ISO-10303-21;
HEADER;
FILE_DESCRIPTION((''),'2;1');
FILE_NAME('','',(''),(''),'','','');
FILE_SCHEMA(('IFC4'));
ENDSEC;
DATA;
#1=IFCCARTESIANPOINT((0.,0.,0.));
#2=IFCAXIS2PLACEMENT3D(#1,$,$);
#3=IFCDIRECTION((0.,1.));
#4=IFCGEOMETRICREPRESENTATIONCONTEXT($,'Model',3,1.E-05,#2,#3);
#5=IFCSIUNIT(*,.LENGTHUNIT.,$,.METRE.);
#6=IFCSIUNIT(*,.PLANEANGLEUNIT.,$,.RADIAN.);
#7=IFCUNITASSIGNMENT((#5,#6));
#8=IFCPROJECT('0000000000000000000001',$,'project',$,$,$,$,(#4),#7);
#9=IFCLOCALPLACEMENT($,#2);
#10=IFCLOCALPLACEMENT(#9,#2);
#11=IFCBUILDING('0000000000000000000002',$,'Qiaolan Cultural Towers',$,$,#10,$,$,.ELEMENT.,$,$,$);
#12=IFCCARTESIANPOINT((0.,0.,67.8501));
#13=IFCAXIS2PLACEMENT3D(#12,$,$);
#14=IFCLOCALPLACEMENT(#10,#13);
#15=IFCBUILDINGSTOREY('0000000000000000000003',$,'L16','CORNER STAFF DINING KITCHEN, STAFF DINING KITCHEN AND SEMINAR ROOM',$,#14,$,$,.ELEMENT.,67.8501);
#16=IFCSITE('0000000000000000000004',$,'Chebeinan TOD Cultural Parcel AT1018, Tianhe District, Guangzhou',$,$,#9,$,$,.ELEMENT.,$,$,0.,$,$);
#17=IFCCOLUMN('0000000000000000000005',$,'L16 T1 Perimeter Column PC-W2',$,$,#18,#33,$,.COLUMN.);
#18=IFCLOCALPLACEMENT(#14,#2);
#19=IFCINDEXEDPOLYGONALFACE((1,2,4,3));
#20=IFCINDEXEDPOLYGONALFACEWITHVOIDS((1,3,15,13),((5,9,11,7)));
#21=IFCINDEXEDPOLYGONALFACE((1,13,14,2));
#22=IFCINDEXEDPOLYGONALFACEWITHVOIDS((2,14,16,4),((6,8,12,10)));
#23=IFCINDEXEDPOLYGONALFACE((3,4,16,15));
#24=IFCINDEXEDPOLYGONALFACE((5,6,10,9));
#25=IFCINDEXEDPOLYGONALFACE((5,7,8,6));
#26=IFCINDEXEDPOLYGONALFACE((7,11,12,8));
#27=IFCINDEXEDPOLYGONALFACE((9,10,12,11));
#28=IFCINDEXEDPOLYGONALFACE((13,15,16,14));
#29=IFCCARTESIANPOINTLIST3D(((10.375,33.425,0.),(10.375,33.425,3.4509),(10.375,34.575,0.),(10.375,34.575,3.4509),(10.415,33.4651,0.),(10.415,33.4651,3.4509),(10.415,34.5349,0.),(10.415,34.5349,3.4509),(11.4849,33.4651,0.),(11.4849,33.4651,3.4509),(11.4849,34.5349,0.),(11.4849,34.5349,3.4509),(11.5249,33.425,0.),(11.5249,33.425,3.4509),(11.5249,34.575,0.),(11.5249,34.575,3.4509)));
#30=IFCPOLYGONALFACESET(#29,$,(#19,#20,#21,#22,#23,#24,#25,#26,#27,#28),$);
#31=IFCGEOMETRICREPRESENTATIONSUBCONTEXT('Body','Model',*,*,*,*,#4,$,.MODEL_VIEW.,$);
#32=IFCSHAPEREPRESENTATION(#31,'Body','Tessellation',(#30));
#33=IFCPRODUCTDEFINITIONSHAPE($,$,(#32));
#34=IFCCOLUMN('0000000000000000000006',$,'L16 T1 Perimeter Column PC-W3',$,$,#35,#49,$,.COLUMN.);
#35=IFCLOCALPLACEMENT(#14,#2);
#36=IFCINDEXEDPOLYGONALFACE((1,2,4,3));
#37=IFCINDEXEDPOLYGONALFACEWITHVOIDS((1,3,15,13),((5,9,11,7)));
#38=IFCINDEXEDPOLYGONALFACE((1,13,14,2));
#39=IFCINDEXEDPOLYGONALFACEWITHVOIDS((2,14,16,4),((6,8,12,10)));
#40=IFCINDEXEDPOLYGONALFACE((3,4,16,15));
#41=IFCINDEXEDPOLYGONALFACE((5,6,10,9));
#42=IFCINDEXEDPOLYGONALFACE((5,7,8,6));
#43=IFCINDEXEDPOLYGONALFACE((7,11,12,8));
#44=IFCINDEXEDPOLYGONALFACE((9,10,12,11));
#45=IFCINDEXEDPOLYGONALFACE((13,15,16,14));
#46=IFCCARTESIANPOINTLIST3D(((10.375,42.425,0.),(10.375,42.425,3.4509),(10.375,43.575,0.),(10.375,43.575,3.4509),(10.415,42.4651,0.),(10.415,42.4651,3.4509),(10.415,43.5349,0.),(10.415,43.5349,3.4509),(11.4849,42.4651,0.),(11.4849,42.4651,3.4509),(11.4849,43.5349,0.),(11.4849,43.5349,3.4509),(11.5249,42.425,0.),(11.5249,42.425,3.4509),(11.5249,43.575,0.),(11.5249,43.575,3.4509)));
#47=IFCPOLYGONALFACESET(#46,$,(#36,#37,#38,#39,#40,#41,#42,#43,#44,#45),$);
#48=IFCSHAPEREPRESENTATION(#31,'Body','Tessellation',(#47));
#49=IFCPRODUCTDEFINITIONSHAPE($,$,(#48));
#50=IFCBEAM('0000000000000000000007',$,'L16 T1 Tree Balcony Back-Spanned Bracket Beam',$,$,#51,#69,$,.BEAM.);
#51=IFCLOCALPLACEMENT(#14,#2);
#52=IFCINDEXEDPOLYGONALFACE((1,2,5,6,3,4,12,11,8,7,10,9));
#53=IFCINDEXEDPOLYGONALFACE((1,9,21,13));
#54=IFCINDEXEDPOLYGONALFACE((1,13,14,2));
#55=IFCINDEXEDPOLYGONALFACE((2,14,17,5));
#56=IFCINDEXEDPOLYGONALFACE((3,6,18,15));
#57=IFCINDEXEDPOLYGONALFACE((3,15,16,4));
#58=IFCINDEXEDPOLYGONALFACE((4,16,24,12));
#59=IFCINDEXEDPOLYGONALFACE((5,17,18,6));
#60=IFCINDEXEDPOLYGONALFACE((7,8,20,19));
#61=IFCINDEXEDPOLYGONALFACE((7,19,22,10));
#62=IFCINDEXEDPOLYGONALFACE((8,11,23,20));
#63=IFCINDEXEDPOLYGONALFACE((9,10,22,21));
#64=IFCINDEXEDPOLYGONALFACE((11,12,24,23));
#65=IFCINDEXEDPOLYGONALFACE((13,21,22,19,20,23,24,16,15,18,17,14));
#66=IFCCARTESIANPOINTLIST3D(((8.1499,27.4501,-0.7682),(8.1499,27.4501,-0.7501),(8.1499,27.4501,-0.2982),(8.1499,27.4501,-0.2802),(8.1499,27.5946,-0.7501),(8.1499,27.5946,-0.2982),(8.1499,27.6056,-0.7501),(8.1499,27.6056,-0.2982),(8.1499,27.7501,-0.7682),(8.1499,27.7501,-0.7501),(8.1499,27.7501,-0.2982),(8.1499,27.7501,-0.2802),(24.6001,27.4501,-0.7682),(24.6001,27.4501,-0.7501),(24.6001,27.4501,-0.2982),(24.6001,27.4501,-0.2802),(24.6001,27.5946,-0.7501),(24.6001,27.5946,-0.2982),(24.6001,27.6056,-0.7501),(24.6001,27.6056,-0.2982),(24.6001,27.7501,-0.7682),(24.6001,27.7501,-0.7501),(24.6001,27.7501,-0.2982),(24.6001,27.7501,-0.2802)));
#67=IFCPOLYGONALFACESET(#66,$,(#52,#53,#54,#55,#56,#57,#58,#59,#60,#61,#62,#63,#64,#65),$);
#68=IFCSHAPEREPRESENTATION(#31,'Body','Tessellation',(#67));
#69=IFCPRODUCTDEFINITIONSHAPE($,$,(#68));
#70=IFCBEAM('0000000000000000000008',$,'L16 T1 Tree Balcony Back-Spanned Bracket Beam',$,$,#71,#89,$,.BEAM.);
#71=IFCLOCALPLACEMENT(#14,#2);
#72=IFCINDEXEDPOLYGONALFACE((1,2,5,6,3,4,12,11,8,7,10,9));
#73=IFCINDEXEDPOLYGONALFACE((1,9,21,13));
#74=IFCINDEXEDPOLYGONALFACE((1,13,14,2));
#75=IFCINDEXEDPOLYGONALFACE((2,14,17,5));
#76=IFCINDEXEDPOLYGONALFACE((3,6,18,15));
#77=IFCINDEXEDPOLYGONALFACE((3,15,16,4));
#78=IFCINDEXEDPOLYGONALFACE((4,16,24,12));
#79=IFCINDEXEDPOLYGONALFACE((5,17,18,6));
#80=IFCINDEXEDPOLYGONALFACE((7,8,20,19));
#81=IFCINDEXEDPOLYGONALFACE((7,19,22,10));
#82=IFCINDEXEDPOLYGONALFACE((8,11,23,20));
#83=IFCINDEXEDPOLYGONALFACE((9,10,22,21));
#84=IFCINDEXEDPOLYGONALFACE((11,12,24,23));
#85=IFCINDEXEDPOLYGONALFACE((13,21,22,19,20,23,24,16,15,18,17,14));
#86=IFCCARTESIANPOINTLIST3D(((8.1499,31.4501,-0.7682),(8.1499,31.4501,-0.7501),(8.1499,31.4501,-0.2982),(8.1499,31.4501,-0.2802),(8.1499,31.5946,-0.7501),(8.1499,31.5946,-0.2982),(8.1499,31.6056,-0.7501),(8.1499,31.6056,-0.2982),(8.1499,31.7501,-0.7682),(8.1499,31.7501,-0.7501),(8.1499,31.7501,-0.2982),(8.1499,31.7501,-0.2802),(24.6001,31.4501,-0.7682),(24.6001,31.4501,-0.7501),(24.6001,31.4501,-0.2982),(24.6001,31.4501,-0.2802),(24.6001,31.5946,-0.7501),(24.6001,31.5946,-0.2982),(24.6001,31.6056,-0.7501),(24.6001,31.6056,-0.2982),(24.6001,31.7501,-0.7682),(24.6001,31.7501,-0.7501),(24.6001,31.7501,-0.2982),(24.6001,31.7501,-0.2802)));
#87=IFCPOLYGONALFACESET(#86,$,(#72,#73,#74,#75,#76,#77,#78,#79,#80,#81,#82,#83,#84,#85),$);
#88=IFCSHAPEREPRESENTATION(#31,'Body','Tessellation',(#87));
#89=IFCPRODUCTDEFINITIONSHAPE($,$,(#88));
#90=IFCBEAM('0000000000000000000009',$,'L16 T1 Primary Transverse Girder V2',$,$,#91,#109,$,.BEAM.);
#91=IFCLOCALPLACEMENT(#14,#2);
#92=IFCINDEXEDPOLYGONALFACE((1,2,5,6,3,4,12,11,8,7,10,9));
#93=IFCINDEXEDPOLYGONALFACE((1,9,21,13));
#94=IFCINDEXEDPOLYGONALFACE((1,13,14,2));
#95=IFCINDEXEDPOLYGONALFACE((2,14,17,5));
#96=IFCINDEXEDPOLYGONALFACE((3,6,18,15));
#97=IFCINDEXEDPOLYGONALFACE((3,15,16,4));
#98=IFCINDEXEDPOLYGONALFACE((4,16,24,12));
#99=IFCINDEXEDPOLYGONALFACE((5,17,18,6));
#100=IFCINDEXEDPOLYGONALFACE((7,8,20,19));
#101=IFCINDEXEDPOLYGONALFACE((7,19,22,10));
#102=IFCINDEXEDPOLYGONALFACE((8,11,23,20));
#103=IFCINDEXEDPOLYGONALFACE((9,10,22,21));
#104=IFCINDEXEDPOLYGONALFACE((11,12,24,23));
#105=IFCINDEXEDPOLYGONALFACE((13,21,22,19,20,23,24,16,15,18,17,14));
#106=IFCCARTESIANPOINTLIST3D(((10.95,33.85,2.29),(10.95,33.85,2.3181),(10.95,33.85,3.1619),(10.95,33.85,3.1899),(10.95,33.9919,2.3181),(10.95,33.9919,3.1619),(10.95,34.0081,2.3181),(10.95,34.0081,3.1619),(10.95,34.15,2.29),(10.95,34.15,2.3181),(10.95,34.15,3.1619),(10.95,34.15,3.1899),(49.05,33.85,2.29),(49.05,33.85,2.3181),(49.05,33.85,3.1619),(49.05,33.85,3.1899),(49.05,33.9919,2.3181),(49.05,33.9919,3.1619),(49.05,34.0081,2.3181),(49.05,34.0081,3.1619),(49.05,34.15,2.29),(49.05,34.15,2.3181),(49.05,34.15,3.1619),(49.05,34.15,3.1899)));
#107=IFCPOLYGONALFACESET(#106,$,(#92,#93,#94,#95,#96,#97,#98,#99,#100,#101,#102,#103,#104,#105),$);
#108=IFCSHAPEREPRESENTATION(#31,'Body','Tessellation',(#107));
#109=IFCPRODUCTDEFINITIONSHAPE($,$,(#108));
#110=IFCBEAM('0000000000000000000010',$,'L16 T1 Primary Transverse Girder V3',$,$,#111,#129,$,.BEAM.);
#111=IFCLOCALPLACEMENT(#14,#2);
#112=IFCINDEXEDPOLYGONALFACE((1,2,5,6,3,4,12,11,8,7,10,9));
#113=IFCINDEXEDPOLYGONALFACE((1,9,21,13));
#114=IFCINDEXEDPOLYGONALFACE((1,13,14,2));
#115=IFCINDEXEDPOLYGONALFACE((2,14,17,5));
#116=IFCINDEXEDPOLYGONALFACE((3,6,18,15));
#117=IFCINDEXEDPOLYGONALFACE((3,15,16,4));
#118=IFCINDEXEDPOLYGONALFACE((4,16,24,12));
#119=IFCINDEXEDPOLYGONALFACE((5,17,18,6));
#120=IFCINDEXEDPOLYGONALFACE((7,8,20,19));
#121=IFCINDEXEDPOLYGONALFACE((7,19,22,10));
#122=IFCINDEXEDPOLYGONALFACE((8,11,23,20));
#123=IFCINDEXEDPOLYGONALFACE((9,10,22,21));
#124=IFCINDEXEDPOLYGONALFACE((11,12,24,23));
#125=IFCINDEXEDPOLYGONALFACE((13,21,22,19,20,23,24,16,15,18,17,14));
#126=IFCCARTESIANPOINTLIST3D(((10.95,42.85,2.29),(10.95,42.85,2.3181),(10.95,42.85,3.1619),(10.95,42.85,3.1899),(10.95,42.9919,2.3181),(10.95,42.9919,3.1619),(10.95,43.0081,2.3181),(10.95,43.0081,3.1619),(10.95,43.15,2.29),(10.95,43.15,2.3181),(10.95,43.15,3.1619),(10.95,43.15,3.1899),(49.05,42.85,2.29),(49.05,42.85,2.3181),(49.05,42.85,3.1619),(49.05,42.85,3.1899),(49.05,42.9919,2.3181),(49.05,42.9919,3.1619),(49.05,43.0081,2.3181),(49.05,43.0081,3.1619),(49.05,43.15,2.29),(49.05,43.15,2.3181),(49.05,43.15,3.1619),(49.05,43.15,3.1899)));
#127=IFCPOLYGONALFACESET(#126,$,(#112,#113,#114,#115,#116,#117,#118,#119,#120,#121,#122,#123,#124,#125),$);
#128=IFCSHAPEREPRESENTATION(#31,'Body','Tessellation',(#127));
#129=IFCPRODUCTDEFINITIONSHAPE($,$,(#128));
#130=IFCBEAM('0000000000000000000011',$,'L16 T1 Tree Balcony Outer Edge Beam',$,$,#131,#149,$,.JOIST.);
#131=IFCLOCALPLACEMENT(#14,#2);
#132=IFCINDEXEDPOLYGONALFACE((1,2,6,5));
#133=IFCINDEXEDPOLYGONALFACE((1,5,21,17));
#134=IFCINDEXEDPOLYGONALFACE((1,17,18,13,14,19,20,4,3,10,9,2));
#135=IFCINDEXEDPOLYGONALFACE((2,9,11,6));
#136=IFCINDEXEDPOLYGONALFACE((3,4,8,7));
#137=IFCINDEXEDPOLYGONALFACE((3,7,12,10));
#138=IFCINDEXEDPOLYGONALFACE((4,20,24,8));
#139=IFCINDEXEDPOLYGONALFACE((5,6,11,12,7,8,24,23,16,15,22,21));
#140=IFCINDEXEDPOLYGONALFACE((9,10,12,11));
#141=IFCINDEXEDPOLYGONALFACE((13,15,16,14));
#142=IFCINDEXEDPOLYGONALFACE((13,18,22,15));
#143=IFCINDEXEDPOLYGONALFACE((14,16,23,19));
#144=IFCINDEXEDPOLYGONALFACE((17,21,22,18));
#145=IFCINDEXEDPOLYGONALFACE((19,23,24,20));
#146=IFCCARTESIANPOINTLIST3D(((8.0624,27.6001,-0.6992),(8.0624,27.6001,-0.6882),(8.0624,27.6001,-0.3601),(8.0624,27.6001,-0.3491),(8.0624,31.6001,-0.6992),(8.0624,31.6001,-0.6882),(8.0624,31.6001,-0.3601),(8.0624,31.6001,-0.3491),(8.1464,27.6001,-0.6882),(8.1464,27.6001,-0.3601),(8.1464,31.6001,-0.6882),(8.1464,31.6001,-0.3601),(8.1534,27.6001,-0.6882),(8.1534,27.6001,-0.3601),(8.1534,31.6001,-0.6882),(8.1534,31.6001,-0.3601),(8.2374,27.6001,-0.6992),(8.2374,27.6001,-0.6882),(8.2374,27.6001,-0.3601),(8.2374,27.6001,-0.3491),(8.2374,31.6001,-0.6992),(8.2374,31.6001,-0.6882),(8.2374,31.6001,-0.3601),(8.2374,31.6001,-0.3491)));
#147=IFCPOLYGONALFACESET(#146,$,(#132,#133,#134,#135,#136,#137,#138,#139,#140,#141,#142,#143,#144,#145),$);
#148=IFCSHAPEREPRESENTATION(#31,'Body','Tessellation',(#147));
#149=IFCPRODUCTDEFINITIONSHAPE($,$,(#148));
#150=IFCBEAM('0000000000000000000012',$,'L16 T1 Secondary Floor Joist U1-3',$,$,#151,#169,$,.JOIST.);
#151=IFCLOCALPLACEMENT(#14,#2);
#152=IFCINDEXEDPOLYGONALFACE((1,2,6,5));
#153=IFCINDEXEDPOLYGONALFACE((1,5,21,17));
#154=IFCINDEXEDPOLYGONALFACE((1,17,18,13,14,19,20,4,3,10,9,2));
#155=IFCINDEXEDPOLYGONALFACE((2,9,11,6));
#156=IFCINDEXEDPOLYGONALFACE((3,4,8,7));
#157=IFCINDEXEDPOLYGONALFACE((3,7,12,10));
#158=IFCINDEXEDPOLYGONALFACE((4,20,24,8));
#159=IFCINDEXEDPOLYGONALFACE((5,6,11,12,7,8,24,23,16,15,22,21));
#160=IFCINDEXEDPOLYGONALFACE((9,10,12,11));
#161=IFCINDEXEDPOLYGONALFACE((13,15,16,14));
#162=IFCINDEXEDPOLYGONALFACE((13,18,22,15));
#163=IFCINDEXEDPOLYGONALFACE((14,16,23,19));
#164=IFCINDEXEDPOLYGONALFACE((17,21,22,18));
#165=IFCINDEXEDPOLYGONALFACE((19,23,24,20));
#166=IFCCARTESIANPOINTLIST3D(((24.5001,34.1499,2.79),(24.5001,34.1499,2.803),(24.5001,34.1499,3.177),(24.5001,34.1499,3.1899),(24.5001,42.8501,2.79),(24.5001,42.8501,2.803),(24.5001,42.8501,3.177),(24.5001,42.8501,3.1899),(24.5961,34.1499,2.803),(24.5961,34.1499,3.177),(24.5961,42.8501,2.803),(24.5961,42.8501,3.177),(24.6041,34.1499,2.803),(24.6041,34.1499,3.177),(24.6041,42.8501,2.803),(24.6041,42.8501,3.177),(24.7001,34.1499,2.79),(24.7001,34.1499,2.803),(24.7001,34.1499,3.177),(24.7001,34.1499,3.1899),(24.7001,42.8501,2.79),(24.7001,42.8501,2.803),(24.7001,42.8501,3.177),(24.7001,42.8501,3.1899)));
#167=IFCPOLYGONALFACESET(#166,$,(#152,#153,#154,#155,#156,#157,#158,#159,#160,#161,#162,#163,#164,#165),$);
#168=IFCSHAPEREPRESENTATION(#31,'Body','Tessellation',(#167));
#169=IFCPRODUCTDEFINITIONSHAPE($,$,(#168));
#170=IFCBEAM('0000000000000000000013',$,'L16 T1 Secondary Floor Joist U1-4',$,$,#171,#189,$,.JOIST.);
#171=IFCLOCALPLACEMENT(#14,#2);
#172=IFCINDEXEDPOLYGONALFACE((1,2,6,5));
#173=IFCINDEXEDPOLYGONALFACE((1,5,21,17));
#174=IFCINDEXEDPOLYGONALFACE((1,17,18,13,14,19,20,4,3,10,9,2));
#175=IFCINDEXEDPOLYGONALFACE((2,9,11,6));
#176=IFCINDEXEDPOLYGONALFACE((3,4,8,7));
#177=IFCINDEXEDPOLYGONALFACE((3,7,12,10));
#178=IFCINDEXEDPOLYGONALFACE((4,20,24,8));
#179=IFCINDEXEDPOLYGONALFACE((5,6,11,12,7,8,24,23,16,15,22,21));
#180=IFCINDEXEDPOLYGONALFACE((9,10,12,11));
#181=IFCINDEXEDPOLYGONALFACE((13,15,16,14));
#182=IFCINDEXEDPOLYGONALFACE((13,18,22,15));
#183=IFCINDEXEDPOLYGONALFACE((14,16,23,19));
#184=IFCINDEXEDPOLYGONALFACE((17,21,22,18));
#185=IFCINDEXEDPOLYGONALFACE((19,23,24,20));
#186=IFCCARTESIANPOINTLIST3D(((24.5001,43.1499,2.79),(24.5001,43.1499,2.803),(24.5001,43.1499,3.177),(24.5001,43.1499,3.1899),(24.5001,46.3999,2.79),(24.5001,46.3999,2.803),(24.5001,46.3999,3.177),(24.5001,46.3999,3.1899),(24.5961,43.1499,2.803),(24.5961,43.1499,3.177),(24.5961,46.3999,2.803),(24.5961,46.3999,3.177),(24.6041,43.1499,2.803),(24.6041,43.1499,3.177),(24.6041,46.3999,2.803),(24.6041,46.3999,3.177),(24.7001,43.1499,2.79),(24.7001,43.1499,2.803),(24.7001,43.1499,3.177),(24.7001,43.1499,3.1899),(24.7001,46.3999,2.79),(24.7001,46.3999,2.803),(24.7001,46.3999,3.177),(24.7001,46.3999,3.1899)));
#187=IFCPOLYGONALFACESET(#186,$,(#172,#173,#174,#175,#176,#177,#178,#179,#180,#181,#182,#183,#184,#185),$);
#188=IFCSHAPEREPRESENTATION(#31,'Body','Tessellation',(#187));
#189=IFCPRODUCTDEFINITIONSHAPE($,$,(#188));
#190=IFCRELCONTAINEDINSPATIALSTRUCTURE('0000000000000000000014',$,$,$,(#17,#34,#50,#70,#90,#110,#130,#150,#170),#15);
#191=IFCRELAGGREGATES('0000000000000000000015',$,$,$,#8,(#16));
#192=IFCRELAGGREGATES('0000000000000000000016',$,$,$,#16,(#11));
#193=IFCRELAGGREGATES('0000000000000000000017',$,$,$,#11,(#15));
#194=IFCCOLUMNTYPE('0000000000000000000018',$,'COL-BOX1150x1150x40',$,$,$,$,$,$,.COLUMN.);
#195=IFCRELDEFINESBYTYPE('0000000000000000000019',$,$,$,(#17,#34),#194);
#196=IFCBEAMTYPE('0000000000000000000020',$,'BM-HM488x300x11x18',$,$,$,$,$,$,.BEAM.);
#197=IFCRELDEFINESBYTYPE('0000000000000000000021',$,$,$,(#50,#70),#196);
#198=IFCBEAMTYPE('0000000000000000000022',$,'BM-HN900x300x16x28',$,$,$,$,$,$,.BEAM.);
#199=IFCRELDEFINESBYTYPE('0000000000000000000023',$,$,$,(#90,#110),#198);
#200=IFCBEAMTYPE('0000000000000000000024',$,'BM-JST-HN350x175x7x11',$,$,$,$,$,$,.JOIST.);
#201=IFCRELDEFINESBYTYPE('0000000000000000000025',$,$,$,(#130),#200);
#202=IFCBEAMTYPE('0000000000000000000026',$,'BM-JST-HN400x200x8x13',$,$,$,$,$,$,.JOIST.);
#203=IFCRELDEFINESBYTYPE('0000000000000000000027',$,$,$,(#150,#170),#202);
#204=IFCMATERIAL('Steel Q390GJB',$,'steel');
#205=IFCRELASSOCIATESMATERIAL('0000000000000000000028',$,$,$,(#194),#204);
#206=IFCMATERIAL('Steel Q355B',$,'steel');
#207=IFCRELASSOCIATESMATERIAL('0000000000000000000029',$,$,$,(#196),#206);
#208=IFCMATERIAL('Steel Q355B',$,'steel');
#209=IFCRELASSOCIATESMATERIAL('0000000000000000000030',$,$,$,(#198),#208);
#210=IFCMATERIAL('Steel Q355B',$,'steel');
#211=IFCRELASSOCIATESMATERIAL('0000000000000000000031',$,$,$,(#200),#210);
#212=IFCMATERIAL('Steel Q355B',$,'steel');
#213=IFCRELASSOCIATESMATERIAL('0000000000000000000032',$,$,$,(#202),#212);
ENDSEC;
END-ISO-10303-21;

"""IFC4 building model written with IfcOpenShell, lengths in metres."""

from ifc_helpers import new_model, si_unit, direction, frame, origin, origin_2d, place, context, subcontext, project, spatial, hollow_rectangle, i_section, extrude, material, material_profile, profile_set, type_object, element, save


model = new_model("IFC4")

# Units and contexts
model_context = context("Model", 3, precision=1e-05, world=origin(), true_north=direction((0.0, 1.0)))
body_context = subcontext(model_context, "Body", "Model", "MODEL_VIEW")
ifc_project = project(units=[si_unit("LENGTHUNIT", "METRE"), si_unit("PLANEANGLEUNIT", "RADIAN")], contexts=[model_context])

# Site, building, storey
site_placement = place(None, origin())
site = spatial("IfcSite", under=ifc_project, at=site_placement, Name="Chebeinan TOD Cultural Parcel AT1018, Tianhe District, Guangzhou", CompositionType="ELEMENT", RefElevation=0.0)
building_placement = place(site_placement, origin())
building = spatial("IfcBuilding", under=site, at=building_placement, Name="Qiaolan Cultural Towers", CompositionType="ELEMENT")
storey_placement = place(building_placement, frame((0.0, 0.0, 67.8501)))
storey = spatial("IfcBuildingStorey", under=building, at=storey_placement, Name="L16", Description="CORNER STAFF DINING KITCHEN, STAFF DINING KITCHEN AND SEMINAR ROOM", CompositionType="ELEMENT", Elevation=67.8501)

# Columns
ifc_material_1 = material(Name="Steel Q390GJB", Category="steel")
ifc_material_profile_1 = material_profile(ifc_material_1, hollow_rectangle(XDim=1.1499, YDim=1.1499, WallThickness=0.04, at=origin_2d()), Name="BOX1150x1150x40")
ifc_profile_set_1 = profile_set([ifc_material_profile_1], Name="Steel Q390GJB")
column_type = type_object("IfcColumnType", Name="COL-BOX1150x1150x40", PredefinedType="COLUMN", material=ifc_profile_set_1)
for number, where, z_axis, x_axis, name in (
    (1, (10.95, 34.0, 0.0), (0.0, 0.0, 1.0), (1.0, 0.0, 0.0), "L16 T1 Perimeter Column PC-W2"),
    (2, (10.95, 43.0, 0.0), (0.0, 0.0, 1.0), (1.0, 0.0, 0.0), "L16 T1 Perimeter Column PC-W3"),
):
    element("IfcColumn", number, at=place(storey_placement, frame(where, z_axis=z_axis, x_axis=x_axis)), inside=storey, type_object=column_type, Name=name, PredefinedType="COLUMN", context=body_context, shape_type="SweptSolid", body=[
        extrude(hollow_rectangle(XDim=1.1499, YDim=1.1499, WallThickness=0.04, at=origin_2d()), origin(), (0.0, 0.0, 1.0), 3.4509),
    ])

# Beams
ifc_material_2 = material(Name="Steel Q355B", Category="steel")
ifc_material_profile_2 = material_profile(ifc_material_2, i_section(OverallWidth=0.3, OverallDepth=0.488, WebThickness=0.011, FlangeThickness=0.0181, at=origin_2d()), Name="HM488x300x11x18")
ifc_profile_set_2 = profile_set([ifc_material_profile_2], Name="Steel Q355B")
beam_type_1 = type_object("IfcBeamType", Name="BM-HM488x300x11x18", PredefinedType="BEAM", material=ifc_profile_set_2)
for number, where, z_axis, x_axis, name in (
    (3, (24.6001, 27.6001, -0.5242), (-1.0, 0.0, 0.0), (0.0, -1.0, 0.0), "L16 T1 Tree Balcony Back-Spanned Bracket Beam"),
    (4, (24.6001, 31.6001, -0.5242), (-1.0, 0.0, 0.0), (0.0, -1.0, 0.0), "L16 T1 Tree Balcony Back-Spanned Bracket Beam"),
):
    element("IfcBeam", number, at=place(storey_placement, frame(where, z_axis=z_axis, x_axis=x_axis)), inside=storey, type_object=beam_type_1, Name=name, PredefinedType="BEAM", context=body_context, shape_type="SweptSolid", body=[
        extrude(i_section(OverallWidth=0.3, OverallDepth=0.488, WebThickness=0.011, FlangeThickness=0.0181, at=origin_2d()), origin(), (0.0, 0.0, 1.0), 16.4502),
    ])
ifc_material_3 = material(Name="Steel Q355B", Category="steel")
ifc_material_profile_3 = material_profile(ifc_material_3, i_section(OverallWidth=0.3, OverallDepth=0.8999, WebThickness=0.0161, FlangeThickness=0.0281, at=origin_2d()), Name="HN900x300x16x28")
ifc_profile_set_3 = profile_set([ifc_material_profile_3], Name="Steel Q355B")
beam_type_2 = type_object("IfcBeamType", Name="BM-HN900x300x16x28", PredefinedType="BEAM", material=ifc_profile_set_3)
for number, where, z_axis, x_axis, name in (
    (5, (10.95, 34.0, 2.74), (1.0, 0.0, 0.0), (0.0, 1.0, 0.0), "L16 T1 Primary Transverse Girder V2"),
    (6, (10.95, 43.0, 2.74), (1.0, 0.0, 0.0), (0.0, 1.0, 0.0), "L16 T1 Primary Transverse Girder V3"),
):
    element("IfcBeam", number, at=place(storey_placement, frame(where, z_axis=z_axis, x_axis=x_axis)), inside=storey, type_object=beam_type_2, Name=name, PredefinedType="BEAM", context=body_context, shape_type="SweptSolid", body=[
        extrude(i_section(OverallWidth=0.3, OverallDepth=0.8999, WebThickness=0.0161, FlangeThickness=0.0281, at=origin_2d()), origin(), (0.0, 0.0, 1.0), 38.1001),
    ])
ifc_material_4 = material(Name="Steel Q355B", Category="steel")
ifc_material_profile_4 = material_profile(ifc_material_4, i_section(OverallWidth=0.175, OverallDepth=0.3501, WebThickness=0.0071, FlangeThickness=0.011, at=origin_2d()), Name="HN350x175x7x11")
ifc_profile_set_4 = profile_set([ifc_material_profile_4], Name="Steel Q355B")
beam_type_3 = type_object("IfcBeamType", Name="BM-JST-HN350x175x7x11", PredefinedType="JOIST", material=ifc_profile_set_4)
beam_1_placement = place(storey_placement, frame((8.1499, 27.6001, -0.5242), z_axis=(0.0, 1.0, 0.0), x_axis=(-1.0, 0.0, 0.0)))
element("IfcBeam", 7, at=beam_1_placement, inside=storey, type_object=beam_type_3, Name="L16 T1 Tree Balcony Outer Edge Beam", PredefinedType="JOIST", context=body_context, shape_type="SweptSolid", body=[
    extrude(i_section(OverallWidth=0.175, OverallDepth=0.3501, WebThickness=0.0071, FlangeThickness=0.011, at=origin_2d()), origin(), (0.0, 0.0, 1.0), 4.0),
])
ifc_material_5 = material(Name="Steel Q355B", Category="steel")
ifc_material_profile_5 = material_profile(ifc_material_5, i_section(OverallWidth=0.2, OverallDepth=0.3999, WebThickness=0.0081, FlangeThickness=0.0129, at=origin_2d()), Name="HN400x200x8x13")
ifc_profile_set_5 = profile_set([ifc_material_profile_5], Name="Steel Q355B")
beam_type_4 = type_object("IfcBeamType", Name="BM-JST-HN400x200x8x13", PredefinedType="JOIST", material=ifc_profile_set_5)
beam_2_placement = place(storey_placement, frame((24.6001, 34.1499, 2.99), z_axis=(0.0, 1.0, 0.0), x_axis=(-1.0, 0.0, 0.0)))
element("IfcBeam", 8, at=beam_2_placement, inside=storey, type_object=beam_type_4, Name="L16 T1 Secondary Floor Joist U1-3", PredefinedType="JOIST", context=body_context, shape_type="SweptSolid", body=[
    extrude(i_section(OverallWidth=0.2, OverallDepth=0.3999, WebThickness=0.0081, FlangeThickness=0.0129, at=origin_2d()), origin(), (0.0, 0.0, 1.0), 8.7002),
])
beam_3_placement = place(storey_placement, frame((24.6001, 43.1499, 2.99), z_axis=(0.0, 1.0, 0.0), x_axis=(-1.0, 0.0, 0.0)))
element("IfcBeam", 9, at=beam_3_placement, inside=storey, type_object=beam_type_4, Name="L16 T1 Secondary Floor Joist U1-4", PredefinedType="JOIST", context=body_context, shape_type="SweptSolid", body=[
    extrude(i_section(OverallWidth=0.2, OverallDepth=0.3999, WebThickness=0.0081, FlangeThickness=0.0129, at=origin_2d()), origin(), (0.0, 0.0, 1.0), 3.25),
])

save(model, "model.ifc")
